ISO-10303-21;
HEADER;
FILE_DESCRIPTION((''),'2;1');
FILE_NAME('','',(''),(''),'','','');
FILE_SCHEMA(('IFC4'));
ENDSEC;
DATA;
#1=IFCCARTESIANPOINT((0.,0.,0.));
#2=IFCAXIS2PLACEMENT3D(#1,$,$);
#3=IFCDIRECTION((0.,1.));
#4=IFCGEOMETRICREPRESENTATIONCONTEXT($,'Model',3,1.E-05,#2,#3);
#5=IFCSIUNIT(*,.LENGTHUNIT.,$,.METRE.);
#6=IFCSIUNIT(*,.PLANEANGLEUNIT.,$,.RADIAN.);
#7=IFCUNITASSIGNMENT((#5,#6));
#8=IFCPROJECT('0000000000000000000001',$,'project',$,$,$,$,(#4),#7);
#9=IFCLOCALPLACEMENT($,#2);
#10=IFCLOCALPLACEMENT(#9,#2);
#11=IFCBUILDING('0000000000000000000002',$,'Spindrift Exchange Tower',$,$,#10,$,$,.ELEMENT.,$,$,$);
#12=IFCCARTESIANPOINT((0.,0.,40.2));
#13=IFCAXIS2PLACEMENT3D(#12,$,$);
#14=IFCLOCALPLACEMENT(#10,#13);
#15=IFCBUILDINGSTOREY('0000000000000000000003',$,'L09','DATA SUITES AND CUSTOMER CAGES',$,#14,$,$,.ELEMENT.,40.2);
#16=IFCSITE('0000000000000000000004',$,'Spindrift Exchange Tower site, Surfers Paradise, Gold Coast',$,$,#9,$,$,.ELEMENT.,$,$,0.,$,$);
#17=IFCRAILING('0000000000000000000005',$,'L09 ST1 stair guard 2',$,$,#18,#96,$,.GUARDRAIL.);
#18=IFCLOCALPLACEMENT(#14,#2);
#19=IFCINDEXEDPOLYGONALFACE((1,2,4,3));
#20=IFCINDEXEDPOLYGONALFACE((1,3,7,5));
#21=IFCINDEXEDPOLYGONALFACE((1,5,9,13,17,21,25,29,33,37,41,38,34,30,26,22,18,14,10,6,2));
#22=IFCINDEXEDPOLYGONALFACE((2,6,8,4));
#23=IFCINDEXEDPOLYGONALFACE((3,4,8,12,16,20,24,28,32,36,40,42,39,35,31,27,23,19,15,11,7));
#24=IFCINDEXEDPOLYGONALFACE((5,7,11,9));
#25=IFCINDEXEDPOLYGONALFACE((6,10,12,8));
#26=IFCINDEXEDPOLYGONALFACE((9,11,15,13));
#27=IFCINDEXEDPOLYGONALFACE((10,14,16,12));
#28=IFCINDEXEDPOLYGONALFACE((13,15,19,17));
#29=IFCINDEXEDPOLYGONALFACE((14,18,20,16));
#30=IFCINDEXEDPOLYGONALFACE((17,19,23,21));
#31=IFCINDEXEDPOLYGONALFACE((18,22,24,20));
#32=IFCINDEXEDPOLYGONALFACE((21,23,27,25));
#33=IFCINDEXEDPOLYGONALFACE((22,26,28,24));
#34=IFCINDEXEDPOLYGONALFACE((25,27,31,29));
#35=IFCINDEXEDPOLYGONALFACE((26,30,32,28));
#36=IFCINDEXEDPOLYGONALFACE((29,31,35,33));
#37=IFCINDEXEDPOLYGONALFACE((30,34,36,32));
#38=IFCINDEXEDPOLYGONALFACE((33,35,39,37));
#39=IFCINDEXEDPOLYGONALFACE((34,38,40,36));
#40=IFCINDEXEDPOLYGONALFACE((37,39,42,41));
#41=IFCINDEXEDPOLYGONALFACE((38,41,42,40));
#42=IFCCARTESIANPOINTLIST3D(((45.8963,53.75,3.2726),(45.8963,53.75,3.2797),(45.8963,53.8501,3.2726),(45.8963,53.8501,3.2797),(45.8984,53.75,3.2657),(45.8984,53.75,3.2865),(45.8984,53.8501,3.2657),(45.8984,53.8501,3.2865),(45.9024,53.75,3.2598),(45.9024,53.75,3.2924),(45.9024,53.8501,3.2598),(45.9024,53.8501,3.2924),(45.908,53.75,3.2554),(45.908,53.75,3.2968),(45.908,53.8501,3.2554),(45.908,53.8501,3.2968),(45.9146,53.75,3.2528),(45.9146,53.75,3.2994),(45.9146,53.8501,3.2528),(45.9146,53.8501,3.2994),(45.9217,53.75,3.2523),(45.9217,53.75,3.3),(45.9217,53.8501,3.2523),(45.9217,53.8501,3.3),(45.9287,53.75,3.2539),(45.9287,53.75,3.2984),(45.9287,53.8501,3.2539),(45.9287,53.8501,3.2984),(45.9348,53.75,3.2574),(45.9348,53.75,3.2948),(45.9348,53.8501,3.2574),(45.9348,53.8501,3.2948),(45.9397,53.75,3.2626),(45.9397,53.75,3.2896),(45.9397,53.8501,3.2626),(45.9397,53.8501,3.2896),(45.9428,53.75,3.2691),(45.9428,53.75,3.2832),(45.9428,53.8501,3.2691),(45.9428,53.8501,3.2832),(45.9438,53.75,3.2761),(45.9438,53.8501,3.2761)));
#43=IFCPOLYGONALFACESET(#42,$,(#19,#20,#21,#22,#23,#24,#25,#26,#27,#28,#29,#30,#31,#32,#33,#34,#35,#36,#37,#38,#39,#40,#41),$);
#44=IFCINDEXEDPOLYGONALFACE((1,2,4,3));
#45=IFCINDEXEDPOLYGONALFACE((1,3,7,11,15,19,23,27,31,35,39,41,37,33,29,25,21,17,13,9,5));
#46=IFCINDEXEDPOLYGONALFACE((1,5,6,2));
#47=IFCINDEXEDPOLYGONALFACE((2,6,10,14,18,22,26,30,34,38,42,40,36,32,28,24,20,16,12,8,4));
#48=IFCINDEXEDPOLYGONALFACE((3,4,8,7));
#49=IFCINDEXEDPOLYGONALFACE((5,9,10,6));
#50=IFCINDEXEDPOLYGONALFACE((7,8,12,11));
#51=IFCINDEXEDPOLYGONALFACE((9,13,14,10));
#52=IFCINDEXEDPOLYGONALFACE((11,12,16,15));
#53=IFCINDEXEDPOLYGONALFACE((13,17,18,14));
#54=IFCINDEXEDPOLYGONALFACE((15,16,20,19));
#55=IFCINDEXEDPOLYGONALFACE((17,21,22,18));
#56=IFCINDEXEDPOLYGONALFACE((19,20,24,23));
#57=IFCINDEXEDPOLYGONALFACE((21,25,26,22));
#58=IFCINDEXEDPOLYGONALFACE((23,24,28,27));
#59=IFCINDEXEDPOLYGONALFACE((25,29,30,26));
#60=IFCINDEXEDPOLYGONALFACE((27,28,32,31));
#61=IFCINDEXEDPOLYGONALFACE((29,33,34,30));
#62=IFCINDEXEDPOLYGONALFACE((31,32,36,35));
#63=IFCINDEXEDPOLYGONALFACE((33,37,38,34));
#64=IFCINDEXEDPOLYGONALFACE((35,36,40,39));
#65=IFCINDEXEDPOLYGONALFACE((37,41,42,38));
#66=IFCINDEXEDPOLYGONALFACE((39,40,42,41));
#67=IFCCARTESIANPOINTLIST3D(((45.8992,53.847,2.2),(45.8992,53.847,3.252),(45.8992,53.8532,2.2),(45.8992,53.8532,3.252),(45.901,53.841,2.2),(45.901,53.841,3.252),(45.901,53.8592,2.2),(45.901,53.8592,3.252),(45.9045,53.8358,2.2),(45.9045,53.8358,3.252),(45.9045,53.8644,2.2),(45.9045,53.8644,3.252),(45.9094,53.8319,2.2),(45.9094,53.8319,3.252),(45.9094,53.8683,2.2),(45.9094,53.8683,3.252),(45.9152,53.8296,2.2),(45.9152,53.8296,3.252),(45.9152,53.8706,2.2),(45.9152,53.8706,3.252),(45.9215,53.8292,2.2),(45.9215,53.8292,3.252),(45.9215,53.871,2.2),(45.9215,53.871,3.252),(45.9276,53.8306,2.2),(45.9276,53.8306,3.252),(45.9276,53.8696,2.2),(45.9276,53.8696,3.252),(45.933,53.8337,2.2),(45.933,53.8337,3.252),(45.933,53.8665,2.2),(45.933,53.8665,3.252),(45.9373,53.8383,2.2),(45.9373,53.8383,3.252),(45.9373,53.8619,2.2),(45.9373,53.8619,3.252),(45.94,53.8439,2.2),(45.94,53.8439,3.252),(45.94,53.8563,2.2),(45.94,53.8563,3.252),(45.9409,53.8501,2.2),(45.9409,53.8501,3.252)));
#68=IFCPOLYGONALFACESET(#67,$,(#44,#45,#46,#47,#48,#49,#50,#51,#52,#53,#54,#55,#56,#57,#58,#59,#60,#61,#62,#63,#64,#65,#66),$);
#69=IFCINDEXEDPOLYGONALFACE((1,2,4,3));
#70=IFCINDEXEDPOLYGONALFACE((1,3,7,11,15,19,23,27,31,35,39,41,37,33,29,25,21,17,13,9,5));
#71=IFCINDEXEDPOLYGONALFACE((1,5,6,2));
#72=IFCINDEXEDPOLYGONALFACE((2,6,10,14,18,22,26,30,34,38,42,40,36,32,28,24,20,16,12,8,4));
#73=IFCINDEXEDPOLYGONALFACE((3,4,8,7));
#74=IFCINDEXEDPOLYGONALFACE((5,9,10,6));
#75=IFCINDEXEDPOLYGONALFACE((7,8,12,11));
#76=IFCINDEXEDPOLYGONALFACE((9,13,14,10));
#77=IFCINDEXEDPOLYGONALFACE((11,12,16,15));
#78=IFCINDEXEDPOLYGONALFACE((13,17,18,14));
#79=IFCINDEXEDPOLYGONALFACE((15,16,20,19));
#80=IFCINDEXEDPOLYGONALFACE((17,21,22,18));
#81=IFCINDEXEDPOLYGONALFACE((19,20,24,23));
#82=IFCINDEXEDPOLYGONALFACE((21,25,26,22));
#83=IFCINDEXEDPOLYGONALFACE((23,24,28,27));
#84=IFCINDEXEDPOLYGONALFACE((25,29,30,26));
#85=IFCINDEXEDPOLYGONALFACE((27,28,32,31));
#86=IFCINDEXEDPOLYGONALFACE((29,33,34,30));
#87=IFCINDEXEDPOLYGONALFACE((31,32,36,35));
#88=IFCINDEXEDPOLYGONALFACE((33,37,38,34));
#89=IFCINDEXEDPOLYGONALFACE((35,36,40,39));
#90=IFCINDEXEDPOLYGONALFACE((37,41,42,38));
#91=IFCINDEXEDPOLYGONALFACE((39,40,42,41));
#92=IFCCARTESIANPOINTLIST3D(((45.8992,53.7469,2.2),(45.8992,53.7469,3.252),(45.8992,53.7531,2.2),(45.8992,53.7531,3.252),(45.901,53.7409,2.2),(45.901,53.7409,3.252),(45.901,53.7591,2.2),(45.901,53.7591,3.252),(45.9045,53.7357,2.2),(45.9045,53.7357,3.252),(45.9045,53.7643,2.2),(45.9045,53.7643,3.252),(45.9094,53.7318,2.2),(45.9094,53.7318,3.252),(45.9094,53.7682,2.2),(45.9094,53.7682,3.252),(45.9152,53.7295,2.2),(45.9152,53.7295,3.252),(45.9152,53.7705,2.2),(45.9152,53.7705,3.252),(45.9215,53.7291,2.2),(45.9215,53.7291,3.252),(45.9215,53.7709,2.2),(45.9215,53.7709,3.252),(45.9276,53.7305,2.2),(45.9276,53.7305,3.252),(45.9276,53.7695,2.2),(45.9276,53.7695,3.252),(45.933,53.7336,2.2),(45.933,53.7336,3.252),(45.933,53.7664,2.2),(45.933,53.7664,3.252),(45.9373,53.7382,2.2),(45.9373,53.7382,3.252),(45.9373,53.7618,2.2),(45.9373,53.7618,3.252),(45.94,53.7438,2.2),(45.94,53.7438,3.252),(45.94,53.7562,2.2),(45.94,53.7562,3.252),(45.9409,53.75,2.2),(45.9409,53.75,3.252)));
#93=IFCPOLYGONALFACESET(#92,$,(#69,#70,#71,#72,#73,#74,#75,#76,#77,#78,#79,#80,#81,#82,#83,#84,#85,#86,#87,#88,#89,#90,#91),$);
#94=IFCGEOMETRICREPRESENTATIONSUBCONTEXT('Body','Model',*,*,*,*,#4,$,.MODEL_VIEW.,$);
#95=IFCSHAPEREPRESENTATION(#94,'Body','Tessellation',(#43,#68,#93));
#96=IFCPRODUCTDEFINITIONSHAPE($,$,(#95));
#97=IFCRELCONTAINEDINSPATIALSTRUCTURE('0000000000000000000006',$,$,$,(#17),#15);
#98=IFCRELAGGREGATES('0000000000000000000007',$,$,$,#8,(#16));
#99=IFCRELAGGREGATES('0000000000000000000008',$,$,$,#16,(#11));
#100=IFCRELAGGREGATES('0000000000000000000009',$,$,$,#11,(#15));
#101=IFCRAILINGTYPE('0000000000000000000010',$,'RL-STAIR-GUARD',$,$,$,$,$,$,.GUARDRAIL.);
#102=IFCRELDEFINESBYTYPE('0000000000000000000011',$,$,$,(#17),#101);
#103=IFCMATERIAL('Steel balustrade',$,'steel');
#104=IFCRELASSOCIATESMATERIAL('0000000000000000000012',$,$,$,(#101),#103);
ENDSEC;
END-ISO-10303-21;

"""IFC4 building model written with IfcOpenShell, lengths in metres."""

from ifc_helpers import new_model, si_unit, direction, frame, origin, origin_2d, place, context, subcontext, project, spatial, circle, extrude, material, type_object, element, save


model = new_model("IFC4")

# Units and contexts
model_context = context("Model", 3, precision=1e-05, world=origin(), true_north=direction((0.0, 1.0)))
body_context = subcontext(model_context, "Body", "Model", "MODEL_VIEW")
ifc_project = project(units=[si_unit("LENGTHUNIT", "METRE"), si_unit("PLANEANGLEUNIT", "RADIAN")], contexts=[model_context])

# Site, building, storey
site_placement = place(None, origin())
site = spatial("IfcSite", under=ifc_project, at=site_placement, Name="Spindrift Exchange Tower site, Surfers Paradise, Gold Coast", CompositionType="ELEMENT", RefElevation=0.0)
building_placement = place(site_placement, origin())
building = spatial("IfcBuilding", under=site, at=building_placement, Name="Spindrift Exchange Tower", CompositionType="ELEMENT")
storey_placement = place(building_placement, frame((0.0, 0.0, 40.2)))
storey = spatial("IfcBuildingStorey", under=building, at=storey_placement, Name="L09", Description="DATA SUITES AND CUSTOMER CAGES", CompositionType="ELEMENT", Elevation=40.2)

# Railing
ifc_material_1 = material(Name="Steel balustrade", Category="steel")
railing_type_1 = type_object("IfcRailingType", Name="RL-STAIR-GUARD", PredefinedType="GUARDRAIL", material=ifc_material_1)
railing_1_placement = place(storey_placement, frame((45.9199, 53.8501, 2.2)))
element("IfcRailing", 1, at=railing_1_placement, inside=storey, type_object=railing_type_1, Name="L09 ST1 stair guard 2", PredefinedType="GUARDRAIL", context=body_context, shape_type="SweptSolid", body=[
    extrude(circle(Radius=0.0239, at=origin_2d()), frame((0.0, 0.0, 1.0762), z_axis=(0.0, -1.0, 0.0), x_axis=(1.0, 0.0, 0.0)), (0.0, 0.0, 1.0), 0.1001),
    extrude(circle(Radius=0.021, at=origin_2d()), origin(), (0.0, 0.0, 1.0), 1.052),
    extrude(circle(Radius=0.021, at=origin_2d()), frame((0.0, -0.1001, 0.0)), (0.0, 0.0, 1.0), 1.052),
])

save(model, "model.ifc")
